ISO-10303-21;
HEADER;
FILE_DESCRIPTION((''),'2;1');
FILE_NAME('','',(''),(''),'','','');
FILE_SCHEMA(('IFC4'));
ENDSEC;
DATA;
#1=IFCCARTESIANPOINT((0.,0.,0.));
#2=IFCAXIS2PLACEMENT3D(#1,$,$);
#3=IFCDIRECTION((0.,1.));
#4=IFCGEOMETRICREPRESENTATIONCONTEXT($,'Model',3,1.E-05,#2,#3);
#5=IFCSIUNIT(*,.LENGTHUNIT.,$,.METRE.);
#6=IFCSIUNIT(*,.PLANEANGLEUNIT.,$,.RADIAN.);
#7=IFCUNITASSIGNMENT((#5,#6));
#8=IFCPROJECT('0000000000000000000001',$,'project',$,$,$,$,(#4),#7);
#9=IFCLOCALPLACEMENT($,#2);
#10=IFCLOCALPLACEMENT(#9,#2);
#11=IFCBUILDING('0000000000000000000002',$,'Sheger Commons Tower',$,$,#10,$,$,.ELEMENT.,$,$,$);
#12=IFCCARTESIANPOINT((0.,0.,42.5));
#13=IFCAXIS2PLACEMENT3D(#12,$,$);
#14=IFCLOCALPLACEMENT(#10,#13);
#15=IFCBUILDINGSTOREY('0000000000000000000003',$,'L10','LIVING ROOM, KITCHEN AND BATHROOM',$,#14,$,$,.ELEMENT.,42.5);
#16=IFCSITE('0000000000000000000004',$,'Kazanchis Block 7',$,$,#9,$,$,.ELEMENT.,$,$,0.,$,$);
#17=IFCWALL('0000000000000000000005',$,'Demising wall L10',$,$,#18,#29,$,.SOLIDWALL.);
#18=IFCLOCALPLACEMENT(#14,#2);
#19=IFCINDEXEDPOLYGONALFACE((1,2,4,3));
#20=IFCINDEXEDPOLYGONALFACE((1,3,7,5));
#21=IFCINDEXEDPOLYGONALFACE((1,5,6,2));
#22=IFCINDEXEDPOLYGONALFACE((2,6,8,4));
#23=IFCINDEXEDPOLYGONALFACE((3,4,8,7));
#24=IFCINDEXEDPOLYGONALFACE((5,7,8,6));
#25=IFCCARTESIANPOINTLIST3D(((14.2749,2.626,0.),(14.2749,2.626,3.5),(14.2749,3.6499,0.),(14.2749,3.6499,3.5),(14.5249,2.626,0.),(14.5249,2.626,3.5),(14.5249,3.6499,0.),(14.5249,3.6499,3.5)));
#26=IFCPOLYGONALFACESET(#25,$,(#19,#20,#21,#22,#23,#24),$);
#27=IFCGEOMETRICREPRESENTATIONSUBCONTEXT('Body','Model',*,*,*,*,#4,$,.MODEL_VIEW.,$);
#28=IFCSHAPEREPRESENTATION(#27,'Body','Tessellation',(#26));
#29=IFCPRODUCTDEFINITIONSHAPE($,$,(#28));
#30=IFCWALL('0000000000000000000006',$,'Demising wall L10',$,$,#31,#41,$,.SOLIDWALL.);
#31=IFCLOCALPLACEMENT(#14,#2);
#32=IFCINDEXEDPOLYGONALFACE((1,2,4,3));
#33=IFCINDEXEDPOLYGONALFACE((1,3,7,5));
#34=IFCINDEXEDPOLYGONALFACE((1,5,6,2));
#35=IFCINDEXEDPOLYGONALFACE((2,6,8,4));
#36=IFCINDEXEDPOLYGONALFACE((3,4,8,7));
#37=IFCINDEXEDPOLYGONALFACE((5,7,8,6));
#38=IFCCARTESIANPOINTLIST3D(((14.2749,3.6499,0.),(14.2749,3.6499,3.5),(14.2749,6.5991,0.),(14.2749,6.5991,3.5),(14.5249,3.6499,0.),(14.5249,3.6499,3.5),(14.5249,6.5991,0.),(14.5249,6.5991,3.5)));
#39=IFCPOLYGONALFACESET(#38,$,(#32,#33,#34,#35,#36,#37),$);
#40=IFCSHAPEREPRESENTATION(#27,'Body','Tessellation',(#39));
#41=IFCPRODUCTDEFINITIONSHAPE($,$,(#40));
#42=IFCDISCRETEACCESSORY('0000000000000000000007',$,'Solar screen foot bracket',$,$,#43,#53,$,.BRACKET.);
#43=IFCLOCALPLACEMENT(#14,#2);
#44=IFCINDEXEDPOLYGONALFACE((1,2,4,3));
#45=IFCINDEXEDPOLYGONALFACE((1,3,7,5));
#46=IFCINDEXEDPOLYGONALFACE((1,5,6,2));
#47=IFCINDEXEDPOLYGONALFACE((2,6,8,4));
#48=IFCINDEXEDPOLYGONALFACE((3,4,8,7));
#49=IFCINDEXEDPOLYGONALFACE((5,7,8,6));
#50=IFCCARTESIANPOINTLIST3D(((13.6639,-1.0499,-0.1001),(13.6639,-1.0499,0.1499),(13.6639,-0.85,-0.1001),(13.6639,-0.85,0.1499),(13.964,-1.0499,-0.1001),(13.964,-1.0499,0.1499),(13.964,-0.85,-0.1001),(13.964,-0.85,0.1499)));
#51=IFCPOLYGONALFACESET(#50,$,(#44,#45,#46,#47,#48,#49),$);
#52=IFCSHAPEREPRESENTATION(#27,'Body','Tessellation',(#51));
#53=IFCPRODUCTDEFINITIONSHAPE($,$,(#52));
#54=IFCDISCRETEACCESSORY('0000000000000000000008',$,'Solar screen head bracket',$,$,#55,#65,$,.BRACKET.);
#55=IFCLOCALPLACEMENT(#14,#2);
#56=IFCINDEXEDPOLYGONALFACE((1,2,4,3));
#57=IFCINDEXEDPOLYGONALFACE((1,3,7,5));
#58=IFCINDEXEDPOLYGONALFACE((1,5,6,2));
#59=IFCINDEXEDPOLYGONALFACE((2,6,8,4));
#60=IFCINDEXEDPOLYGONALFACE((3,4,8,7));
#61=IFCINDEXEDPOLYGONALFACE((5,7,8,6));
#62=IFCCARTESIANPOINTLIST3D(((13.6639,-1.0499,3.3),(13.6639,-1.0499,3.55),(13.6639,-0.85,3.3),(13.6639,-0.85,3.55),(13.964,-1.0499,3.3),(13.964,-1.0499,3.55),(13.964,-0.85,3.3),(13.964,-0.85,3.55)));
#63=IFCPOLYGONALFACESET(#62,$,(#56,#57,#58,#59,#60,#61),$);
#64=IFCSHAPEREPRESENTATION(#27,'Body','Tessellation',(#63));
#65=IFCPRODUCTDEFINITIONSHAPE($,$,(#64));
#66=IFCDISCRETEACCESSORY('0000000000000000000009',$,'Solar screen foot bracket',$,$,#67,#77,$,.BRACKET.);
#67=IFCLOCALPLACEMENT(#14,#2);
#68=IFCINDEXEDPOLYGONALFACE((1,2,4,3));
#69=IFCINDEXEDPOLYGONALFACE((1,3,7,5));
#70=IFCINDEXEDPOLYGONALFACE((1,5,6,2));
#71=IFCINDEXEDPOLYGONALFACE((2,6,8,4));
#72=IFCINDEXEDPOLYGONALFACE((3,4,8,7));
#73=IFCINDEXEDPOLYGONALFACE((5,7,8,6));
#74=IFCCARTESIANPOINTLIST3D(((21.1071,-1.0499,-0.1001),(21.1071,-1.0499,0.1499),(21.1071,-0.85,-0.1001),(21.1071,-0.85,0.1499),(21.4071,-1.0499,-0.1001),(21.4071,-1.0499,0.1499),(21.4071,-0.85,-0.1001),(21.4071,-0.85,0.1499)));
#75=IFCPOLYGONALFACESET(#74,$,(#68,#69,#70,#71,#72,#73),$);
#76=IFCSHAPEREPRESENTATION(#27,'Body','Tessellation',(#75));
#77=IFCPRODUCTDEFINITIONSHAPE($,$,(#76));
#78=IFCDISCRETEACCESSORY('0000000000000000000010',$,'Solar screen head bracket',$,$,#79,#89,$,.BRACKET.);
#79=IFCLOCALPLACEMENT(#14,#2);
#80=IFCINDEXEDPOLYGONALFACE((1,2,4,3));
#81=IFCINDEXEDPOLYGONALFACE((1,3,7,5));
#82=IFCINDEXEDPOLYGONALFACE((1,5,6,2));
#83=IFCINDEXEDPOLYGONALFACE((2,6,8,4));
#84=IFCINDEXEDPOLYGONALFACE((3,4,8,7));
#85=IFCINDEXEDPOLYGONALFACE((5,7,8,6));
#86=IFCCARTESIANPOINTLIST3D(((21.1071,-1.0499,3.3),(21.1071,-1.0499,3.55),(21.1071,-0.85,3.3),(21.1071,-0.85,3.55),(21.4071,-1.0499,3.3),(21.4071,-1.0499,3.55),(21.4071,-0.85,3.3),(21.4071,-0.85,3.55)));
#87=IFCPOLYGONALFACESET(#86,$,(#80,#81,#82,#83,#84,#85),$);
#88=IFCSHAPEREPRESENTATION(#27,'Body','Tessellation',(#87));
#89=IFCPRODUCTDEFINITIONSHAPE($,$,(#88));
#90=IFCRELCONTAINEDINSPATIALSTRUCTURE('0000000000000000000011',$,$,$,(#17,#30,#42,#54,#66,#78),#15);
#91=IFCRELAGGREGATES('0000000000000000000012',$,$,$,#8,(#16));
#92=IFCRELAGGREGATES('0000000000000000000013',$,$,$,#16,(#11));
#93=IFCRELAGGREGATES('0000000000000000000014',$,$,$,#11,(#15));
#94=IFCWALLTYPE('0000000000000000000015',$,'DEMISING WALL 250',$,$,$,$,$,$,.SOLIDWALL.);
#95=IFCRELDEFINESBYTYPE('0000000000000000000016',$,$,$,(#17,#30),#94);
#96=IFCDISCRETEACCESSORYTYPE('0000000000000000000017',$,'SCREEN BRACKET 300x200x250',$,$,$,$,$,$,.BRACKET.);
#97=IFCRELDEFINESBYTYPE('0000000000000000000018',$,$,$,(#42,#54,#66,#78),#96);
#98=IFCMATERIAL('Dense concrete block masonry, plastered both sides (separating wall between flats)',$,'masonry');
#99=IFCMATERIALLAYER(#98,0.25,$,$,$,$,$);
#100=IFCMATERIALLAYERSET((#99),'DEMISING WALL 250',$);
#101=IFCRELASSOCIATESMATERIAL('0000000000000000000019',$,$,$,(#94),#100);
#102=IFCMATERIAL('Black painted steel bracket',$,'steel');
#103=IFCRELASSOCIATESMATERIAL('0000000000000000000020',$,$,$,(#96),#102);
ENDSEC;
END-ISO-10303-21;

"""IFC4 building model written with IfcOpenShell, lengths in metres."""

from ifc_helpers import new_model, si_unit, direction, frame, frame_2d, origin, origin_2d, place, context, subcontext, project, spatial, rectangle, extrude, material, layer, layer_set, type_object, element, save


model = new_model("IFC4")

# Units and contexts
model_context = context("Model", 3, precision=1e-05, world=origin(), true_north=direction((0.0, 1.0)))
body_context = subcontext(model_context, "Body", "Model", "MODEL_VIEW")
ifc_project = project(units=[si_unit("LENGTHUNIT", "METRE"), si_unit("PLANEANGLEUNIT", "RADIAN")], contexts=[model_context])

# Site, building, storey
site_placement = place(None, origin())
site = spatial("IfcSite", under=ifc_project, at=site_placement, Name="Kazanchis Block 7", CompositionType="ELEMENT", RefElevation=0.0)
building_placement = place(site_placement, origin())
building = spatial("IfcBuilding", under=site, at=building_placement, Name="Sheger Commons Tower", CompositionType="ELEMENT")
storey_placement = place(building_placement, frame((0.0, 0.0, 42.5)))
storey = spatial("IfcBuildingStorey", under=building, at=storey_placement, Name="L10", Description="LIVING ROOM, KITCHEN AND BATHROOM", CompositionType="ELEMENT", Elevation=42.5)

# Walls
ifc_material_1 = material(Name="Dense concrete block masonry, plastered both sides (separating wall between flats)", Category="masonry")
ifc_layer_1 = layer(ifc_material_1, 0.25)
ifc_layer_set_1 = layer_set([ifc_layer_1], Name="DEMISING WALL 250")
wall_type_1 = type_object("IfcWallType", Name="DEMISING WALL 250", PredefinedType="SOLIDWALL", material=ifc_layer_set_1)
wall_1_placement = place(storey_placement, frame((14.3999, 2.626, 0.0), z_axis=(0.0, 0.0, 1.0), x_axis=(0.0, 1.0, 0.0)))
element("IfcWall", 1, at=wall_1_placement, inside=storey, type_object=wall_type_1, Name="Demising wall L10", PredefinedType="SOLIDWALL", context=body_context, shape_type="SweptSolid", body=[
    extrude(rectangle(XDim=1.0239, YDim=0.25, at=frame_2d((0.512, 0.0))), origin(), (0.0, 0.0, 1.0), 3.5),
])
wall_2_placement = place(storey_placement, frame((14.3999, 3.6499, 0.0), z_axis=(0.0, 0.0, 1.0), x_axis=(0.0, 1.0, 0.0)))
element("IfcWall", 2, at=wall_2_placement, inside=storey, type_object=wall_type_1, Name="Demising wall L10", PredefinedType="SOLIDWALL", context=body_context, shape_type="SweptSolid", body=[
    extrude(rectangle(XDim=2.9492, YDim=0.25, at=frame_2d((1.4746, 0.0))), origin(), (0.0, 0.0, 1.0), 3.5),
])

# Discrete accessories
ifc_material_2 = material(Name="Black painted steel bracket", Category="steel")
discrete_accessory_type = type_object("IfcDiscreteAccessoryType", Name="SCREEN BRACKET 300x200x250", PredefinedType="BRACKET", material=ifc_material_2)
for number, where, z_axis, x_axis, name in (
    (3, (13.814, -0.95, -0.1001), (0.0, 0.0, 1.0), (1.0, 0.0, 0.0), "Solar screen foot bracket"),
    (4, (13.814, -0.95, 3.3), (0.0, 0.0, 1.0), (1.0, 0.0, 0.0), "Solar screen head bracket"),
    (5, (21.2571, -0.95, -0.1001), (0.0, 0.0, 1.0), (1.0, 0.0, 0.0), "Solar screen foot bracket"),
    (6, (21.2571, -0.95, 3.3), (0.0, 0.0, 1.0), (1.0, 0.0, 0.0), "Solar screen head bracket"),
):
    element("IfcDiscreteAccessory", number, at=place(storey_placement, frame(where, z_axis=z_axis, x_axis=x_axis)), inside=storey, type_object=discrete_accessory_type, Name=name, PredefinedType="BRACKET", context=body_context, shape_type="SweptSolid", body=[
        extrude(rectangle(XDim=0.3, YDim=0.2, at=origin_2d()), origin(), (0.0, 0.0, 1.0), 0.25),
    ])

save(model, "model.ifc")
